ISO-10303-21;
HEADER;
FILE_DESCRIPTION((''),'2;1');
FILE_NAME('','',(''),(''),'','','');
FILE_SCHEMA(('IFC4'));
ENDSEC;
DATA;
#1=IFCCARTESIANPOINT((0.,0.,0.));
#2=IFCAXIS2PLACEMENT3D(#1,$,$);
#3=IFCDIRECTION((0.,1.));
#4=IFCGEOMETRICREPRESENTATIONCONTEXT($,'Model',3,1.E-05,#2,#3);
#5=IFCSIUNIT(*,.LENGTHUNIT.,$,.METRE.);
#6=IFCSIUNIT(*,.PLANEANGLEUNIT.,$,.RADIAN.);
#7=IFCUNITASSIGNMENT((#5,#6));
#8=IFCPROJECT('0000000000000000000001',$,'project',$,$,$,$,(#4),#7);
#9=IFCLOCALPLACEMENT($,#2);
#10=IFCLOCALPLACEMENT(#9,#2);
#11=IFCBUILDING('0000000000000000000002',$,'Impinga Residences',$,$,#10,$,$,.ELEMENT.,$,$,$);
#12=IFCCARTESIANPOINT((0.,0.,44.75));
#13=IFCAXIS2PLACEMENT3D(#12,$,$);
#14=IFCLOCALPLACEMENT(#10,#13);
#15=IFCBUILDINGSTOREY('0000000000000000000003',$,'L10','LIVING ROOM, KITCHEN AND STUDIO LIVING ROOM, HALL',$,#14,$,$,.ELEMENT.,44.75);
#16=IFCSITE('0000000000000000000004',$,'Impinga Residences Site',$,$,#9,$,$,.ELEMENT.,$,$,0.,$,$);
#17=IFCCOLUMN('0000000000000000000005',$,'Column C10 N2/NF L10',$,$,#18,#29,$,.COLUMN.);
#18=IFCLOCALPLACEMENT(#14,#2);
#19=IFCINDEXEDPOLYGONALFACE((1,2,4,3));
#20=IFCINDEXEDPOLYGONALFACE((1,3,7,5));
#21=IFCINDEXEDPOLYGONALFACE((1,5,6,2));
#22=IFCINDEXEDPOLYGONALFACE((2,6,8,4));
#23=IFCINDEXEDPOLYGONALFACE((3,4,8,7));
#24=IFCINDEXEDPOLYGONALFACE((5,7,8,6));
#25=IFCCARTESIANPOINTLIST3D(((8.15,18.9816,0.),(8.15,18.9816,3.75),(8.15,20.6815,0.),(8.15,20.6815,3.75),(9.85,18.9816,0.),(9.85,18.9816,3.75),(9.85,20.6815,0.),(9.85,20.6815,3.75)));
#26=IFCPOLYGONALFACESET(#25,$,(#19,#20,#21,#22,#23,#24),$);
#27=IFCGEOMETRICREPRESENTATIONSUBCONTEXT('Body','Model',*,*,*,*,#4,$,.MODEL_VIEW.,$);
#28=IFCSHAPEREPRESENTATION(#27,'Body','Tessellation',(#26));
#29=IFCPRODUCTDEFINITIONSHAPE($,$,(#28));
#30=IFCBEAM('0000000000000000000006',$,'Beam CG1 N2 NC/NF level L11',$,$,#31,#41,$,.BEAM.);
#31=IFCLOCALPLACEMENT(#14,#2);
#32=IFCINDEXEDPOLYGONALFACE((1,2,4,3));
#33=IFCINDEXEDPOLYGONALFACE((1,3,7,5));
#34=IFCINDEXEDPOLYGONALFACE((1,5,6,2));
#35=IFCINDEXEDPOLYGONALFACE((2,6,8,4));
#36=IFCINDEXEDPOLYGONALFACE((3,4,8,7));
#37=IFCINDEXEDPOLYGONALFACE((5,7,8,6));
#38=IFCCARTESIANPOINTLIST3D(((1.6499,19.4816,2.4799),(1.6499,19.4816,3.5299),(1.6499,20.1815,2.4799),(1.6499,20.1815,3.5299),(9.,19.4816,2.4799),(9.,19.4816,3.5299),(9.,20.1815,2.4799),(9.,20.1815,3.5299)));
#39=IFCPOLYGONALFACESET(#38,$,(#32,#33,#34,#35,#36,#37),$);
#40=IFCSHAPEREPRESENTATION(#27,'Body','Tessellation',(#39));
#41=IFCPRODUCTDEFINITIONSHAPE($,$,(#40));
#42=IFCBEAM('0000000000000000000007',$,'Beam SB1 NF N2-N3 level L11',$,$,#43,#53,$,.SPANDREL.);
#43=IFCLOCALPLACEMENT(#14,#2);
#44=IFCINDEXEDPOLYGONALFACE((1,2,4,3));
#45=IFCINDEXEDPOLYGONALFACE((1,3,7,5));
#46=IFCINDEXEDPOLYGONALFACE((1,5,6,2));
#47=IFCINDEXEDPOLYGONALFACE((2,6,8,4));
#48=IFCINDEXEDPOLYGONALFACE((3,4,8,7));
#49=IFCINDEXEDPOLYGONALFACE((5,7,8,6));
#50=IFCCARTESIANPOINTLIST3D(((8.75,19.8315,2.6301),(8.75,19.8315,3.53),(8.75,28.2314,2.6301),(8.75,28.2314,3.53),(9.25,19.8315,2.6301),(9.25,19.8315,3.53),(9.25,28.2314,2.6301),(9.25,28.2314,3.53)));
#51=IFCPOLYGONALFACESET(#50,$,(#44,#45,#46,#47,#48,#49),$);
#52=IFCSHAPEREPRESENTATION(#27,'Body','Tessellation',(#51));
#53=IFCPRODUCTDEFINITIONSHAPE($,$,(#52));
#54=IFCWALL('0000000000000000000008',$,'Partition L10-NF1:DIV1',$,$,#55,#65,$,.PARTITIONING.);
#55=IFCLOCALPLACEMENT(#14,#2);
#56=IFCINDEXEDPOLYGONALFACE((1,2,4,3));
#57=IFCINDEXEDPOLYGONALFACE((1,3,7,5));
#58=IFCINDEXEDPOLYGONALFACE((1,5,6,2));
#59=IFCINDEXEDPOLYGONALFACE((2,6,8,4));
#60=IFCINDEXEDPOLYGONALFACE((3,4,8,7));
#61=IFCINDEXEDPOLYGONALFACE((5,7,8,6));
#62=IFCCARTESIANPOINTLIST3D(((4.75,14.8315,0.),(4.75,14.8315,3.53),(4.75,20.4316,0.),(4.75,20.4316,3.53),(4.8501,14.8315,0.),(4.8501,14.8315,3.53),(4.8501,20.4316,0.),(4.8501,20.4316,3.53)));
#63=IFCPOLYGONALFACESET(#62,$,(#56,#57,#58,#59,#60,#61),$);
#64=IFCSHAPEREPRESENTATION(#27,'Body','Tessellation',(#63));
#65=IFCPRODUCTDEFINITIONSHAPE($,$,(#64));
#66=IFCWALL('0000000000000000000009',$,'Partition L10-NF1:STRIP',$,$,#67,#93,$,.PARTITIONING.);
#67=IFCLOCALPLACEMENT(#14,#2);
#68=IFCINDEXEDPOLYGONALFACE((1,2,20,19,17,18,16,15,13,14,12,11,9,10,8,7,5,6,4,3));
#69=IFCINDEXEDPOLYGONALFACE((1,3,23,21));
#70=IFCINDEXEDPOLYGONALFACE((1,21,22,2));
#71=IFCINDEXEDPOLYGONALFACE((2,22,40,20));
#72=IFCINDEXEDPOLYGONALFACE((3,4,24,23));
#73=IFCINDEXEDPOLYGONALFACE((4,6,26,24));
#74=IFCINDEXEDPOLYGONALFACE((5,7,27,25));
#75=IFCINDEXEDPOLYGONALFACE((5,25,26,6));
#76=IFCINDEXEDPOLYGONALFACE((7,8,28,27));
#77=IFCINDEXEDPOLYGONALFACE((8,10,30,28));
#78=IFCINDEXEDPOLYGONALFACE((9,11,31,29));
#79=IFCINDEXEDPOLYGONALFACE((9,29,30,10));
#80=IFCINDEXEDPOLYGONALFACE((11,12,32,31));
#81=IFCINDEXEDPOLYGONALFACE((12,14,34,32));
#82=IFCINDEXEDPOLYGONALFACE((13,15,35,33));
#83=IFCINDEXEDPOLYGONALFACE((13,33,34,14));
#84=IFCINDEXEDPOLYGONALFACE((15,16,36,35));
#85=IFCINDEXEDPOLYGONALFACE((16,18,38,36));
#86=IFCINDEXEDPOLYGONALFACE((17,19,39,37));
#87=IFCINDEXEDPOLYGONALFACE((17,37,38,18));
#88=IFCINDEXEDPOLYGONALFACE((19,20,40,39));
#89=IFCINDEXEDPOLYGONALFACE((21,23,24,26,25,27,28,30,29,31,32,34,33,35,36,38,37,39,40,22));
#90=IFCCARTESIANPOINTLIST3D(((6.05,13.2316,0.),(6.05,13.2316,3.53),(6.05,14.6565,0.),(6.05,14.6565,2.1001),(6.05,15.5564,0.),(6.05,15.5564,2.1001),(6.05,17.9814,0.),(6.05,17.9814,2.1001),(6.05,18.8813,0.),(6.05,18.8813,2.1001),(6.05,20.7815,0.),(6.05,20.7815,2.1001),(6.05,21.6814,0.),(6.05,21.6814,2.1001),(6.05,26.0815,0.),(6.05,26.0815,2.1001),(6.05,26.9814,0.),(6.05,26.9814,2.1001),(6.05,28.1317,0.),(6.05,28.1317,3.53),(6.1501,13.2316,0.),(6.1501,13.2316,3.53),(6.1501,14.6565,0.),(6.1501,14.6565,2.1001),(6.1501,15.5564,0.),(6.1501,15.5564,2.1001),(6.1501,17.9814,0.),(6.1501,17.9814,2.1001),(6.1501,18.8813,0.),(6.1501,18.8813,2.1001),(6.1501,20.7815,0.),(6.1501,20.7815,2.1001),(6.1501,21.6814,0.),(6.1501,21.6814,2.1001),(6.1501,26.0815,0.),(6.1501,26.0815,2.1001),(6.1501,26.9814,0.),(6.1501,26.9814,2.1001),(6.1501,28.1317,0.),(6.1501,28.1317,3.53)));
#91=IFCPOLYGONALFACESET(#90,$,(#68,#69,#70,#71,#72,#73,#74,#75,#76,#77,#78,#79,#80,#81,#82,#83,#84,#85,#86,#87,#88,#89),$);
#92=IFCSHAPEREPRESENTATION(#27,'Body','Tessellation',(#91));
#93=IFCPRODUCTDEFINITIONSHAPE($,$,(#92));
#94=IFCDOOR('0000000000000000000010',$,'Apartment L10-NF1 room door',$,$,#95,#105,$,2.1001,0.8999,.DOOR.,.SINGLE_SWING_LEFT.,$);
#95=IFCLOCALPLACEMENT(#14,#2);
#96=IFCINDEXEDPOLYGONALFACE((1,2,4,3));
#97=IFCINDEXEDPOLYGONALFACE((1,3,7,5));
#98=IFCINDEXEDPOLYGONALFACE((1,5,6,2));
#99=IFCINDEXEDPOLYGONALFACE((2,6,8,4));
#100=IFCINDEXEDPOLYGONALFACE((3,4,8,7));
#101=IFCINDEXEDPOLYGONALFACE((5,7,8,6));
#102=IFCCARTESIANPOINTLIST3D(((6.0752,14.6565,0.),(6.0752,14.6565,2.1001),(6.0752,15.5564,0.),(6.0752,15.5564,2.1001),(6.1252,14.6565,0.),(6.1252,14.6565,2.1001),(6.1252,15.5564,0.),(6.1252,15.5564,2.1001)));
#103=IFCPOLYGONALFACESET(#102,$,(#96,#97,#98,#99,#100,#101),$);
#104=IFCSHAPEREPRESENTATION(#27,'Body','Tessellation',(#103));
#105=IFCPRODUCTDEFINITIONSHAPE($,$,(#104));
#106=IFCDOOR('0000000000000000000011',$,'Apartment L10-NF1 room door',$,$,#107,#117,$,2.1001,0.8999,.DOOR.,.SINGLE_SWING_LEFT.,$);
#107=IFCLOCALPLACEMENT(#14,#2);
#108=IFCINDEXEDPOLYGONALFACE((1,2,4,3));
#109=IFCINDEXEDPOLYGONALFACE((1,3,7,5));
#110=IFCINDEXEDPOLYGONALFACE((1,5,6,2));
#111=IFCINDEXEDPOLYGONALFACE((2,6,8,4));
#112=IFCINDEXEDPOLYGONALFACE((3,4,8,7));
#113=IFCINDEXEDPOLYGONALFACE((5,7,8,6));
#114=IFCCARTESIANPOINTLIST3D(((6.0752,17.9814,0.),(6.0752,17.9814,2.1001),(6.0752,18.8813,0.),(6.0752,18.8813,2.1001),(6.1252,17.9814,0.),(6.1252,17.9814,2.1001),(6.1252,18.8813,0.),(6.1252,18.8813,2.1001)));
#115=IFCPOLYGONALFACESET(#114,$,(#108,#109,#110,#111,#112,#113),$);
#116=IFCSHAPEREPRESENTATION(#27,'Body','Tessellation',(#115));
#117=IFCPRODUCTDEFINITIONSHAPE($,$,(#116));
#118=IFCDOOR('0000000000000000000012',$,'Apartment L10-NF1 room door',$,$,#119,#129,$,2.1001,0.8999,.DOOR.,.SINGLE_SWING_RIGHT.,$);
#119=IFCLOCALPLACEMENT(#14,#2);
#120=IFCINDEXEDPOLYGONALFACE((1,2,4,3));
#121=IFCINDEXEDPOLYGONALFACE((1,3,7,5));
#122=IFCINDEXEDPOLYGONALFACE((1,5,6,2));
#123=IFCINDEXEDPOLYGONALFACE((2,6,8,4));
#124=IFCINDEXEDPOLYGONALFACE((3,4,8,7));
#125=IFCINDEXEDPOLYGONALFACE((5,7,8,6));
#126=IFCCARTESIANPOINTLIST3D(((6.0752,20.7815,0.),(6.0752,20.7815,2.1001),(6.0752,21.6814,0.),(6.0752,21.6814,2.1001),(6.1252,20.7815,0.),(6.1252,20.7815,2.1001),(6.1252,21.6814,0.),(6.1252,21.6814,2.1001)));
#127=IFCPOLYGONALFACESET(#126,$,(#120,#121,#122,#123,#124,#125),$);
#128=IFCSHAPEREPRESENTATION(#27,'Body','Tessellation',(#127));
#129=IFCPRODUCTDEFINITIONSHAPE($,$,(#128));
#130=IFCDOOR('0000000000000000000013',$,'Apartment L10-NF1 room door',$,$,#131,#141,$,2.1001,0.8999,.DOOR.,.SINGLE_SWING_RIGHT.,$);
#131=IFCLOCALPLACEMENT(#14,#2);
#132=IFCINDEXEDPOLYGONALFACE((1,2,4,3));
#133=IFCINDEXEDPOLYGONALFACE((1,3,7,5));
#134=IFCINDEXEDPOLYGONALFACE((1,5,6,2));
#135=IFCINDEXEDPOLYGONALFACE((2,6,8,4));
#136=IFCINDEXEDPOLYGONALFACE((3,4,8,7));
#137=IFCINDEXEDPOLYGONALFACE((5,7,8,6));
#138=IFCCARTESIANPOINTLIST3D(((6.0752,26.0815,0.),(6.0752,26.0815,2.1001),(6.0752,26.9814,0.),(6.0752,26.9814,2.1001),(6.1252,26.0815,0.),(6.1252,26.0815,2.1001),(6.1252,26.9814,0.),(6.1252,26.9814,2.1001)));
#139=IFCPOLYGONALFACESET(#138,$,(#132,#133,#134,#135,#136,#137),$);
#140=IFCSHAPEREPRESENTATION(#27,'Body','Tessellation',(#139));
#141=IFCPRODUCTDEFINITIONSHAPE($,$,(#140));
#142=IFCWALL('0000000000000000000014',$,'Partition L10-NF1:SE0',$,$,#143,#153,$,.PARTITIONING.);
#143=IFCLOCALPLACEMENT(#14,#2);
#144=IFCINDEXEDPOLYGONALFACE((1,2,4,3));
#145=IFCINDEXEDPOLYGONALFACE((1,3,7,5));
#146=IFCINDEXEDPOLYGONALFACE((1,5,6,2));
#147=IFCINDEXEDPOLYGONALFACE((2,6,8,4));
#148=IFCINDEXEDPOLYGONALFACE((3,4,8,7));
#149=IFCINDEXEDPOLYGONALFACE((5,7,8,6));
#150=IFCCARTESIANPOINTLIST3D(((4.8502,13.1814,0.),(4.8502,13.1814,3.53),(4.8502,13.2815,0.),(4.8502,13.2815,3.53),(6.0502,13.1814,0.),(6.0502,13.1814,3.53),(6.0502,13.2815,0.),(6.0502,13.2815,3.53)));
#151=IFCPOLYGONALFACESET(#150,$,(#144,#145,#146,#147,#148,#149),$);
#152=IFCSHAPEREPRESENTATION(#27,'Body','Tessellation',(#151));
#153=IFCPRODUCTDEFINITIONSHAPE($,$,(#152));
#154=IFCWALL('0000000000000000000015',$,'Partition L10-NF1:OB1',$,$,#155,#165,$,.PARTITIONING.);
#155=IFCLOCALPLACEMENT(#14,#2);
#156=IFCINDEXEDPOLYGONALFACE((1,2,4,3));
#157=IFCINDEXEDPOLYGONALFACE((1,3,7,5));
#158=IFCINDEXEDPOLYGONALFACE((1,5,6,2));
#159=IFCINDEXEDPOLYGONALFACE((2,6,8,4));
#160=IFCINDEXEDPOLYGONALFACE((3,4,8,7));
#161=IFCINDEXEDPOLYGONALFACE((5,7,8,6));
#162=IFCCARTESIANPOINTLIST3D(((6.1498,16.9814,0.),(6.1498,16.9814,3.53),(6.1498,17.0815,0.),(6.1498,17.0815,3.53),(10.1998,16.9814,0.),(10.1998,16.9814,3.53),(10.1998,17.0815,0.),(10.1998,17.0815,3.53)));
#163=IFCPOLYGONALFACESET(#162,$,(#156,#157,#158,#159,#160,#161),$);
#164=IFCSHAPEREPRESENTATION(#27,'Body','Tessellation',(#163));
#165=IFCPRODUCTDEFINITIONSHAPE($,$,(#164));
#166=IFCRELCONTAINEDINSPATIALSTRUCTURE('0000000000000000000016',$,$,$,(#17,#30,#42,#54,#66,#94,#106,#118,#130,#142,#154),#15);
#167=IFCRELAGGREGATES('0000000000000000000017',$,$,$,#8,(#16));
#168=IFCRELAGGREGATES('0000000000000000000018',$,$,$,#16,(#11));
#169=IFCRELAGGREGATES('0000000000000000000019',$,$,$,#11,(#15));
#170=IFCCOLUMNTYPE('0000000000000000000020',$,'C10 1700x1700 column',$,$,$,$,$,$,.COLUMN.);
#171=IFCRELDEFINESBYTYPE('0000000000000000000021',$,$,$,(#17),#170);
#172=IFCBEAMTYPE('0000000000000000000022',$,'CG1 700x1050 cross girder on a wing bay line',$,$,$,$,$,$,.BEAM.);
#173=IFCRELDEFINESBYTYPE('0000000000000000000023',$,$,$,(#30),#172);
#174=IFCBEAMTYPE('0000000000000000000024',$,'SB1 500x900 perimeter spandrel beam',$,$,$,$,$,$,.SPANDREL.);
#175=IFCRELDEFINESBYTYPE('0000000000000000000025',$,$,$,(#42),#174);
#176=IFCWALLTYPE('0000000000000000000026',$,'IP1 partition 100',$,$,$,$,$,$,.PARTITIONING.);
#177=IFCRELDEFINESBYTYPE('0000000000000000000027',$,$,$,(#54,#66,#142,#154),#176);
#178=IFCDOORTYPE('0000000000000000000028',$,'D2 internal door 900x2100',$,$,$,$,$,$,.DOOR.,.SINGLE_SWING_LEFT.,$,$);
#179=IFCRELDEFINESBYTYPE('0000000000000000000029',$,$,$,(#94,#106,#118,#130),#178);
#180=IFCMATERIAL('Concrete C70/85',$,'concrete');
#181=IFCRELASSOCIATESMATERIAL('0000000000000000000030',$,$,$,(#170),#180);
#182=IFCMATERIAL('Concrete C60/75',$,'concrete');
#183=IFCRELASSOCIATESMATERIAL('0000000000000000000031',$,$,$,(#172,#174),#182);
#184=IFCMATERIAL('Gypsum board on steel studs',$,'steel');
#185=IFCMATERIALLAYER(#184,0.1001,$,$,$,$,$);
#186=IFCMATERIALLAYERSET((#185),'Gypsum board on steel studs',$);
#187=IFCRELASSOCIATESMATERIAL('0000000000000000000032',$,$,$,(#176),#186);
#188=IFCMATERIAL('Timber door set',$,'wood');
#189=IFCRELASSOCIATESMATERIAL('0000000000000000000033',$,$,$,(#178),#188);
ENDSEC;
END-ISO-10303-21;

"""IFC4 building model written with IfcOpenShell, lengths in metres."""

from ifc_helpers import new_model, si_unit, direction, frame, frame_2d, origin, origin_2d, place, context, subcontext, project, spatial, rectangle, extrude, material, layer, layer_set, material_profile, profile_set, type_object, element, fill, save


model = new_model("IFC4")

# Units and contexts
model_context = context("Model", 3, precision=1e-05, world=origin(), true_north=direction((0.0, 1.0)))
body_context = subcontext(model_context, "Body", "Model", "MODEL_VIEW")
ifc_project = project(units=[si_unit("LENGTHUNIT", "METRE"), si_unit("PLANEANGLEUNIT", "RADIAN")], contexts=[model_context])

# Site, building, storey
site_placement = place(None, origin())
site = spatial("IfcSite", under=ifc_project, at=site_placement, Name="Impinga Residences Site", CompositionType="ELEMENT", RefElevation=0.0)
building_placement = place(site_placement, origin())
building = spatial("IfcBuilding", under=site, at=building_placement, Name="Impinga Residences", CompositionType="ELEMENT")
storey_placement = place(building_placement, frame((0.0, 0.0, 44.75)))
storey = spatial("IfcBuildingStorey", under=building, at=storey_placement, Name="L10", Description="LIVING ROOM, KITCHEN AND STUDIO LIVING ROOM, HALL", CompositionType="ELEMENT", Elevation=44.75)

# Column
ifc_material_1 = material(Name="Concrete C70/85", Category="concrete")
ifc_material_profile_1 = material_profile(ifc_material_1, rectangle(XDim=1.7, YDim=1.7, at=origin_2d()), Name="RC 1700x1700")
ifc_profile_set_1 = profile_set([ifc_material_profile_1], Name="Concrete C70/85")
column_type = type_object("IfcColumnType", Name="C10 1700x1700 column", PredefinedType="COLUMN", material=ifc_profile_set_1)
column_placement = place(storey_placement, frame((9.0, 19.8315, 0.0), z_axis=(0.0, 0.0, 1.0), x_axis=(1.0, 0.0, 0.0)))
element("IfcColumn", 1, at=column_placement, inside=storey, type_object=column_type, Name="Column C10 N2/NF L10", PredefinedType="COLUMN", context=body_context, shape_type="SweptSolid", body=[
    extrude(rectangle(XDim=1.7, YDim=1.7, at=origin_2d()), origin(), (0.0, 0.0, 1.0), 3.75),
])

# Beams
ifc_material_2 = material(Name="Concrete C60/75", Category="concrete")
ifc_material_profile_2 = material_profile(ifc_material_2, rectangle(XDim=0.7, YDim=1.05, at=origin_2d()), Name="RC 700x1050")
ifc_profile_set_2 = profile_set([ifc_material_profile_2], Name="Concrete C60/75")
beam_type_1 = type_object("IfcBeamType", Name="CG1 700x1050 cross girder on a wing bay line", PredefinedType="BEAM", material=ifc_profile_set_2)
beam_1_placement = place(storey_placement, frame((1.6499, 19.8315, 3.0049), z_axis=(1.0, 0.0, 0.0), x_axis=(0.0, 1.0, 0.0)))
element("IfcBeam", 2, at=beam_1_placement, inside=storey, type_object=beam_type_1, Name="Beam CG1 N2 NC/NF level L11", PredefinedType="BEAM", context=body_context, shape_type="SweptSolid", body=[
    extrude(rectangle(XDim=0.7, YDim=1.05, at=origin_2d()), origin(), (0.0, 0.0, 1.0), 7.3501),
])
ifc_material_profile_3 = material_profile(ifc_material_2, rectangle(XDim=0.5, YDim=0.8999, at=origin_2d()), Name="RC 500x900")
ifc_profile_set_3 = profile_set([ifc_material_profile_3], Name="Concrete C60/75")
beam_type_2 = type_object("IfcBeamType", Name="SB1 500x900 perimeter spandrel beam", PredefinedType="SPANDREL", material=ifc_profile_set_3)
beam_2_placement = place(storey_placement, frame((9.0, 19.8315, 3.0801), z_axis=(0.0, 1.0, 0.0), x_axis=(-1.0, 0.0, 0.0)))
element("IfcBeam", 3, at=beam_2_placement, inside=storey, type_object=beam_type_2, Name="Beam SB1 NF N2-N3 level L11", PredefinedType="SPANDREL", context=body_context, shape_type="SweptSolid", body=[
    extrude(rectangle(XDim=0.5, YDim=0.8999, at=origin_2d()), origin(), (0.0, 0.0, 1.0), 8.3999),
])

# Wall
ifc_material_3 = material(Name="Gypsum board on steel studs", Category="steel")
ifc_layer_1 = layer(ifc_material_3, 0.1001)
ifc_layer_set_1 = layer_set([ifc_layer_1], Name="Gypsum board on steel studs")
wall_type_1 = type_object("IfcWallType", Name="IP1 partition 100", PredefinedType="PARTITIONING", material=ifc_layer_set_1)
wall_1_placement = place(storey_placement, frame((4.8, 14.8315, 0.0), z_axis=(0.0, 0.0, 1.0), x_axis=(0.0, 1.0, 0.0)))
element("IfcWall", 4, at=wall_1_placement, inside=storey, type_object=wall_type_1, Name="Partition L10-NF1:DIV1", PredefinedType="PARTITIONING", context=body_context, shape_type="SweptSolid", body=[
    extrude(rectangle(XDim=5.6001, YDim=0.1001, at=frame_2d((2.8, 0.0))), origin(), (0.0, 0.0, 1.0), 3.53),
])

# Wall, openings, doors
wall_2_placement = place(storey_placement, frame((6.1001, 13.2314, 0.0), z_axis=(0.0, 0.0, 1.0), x_axis=(0.0, 1.0, 0.0)))
wall_2 = element("IfcWall", 5, at=wall_2_placement, inside=storey, type_object=wall_type_1, Name="Partition L10-NF1:STRIP", PredefinedType="PARTITIONING", context=body_context, shape_type="SweptSolid", body=[
    extrude(rectangle(XDim=14.9001, YDim=0.1001, at=frame_2d((7.4502, 0.0))), origin(), (0.0, 0.0, 1.0), 3.53),
])
opening_1_placement = place(wall_2_placement, frame((1.425, 0.0, 0.0)))
opening_1 = element("IfcOpeningElement", 6, at=opening_1_placement, cuts=wall_2, PredefinedType="OPENING", context=body_context, shape_type="SweptSolid", body=[
    extrude(rectangle(XDim=0.8999, YDim=2.1001, at=frame_2d((0.45, 1.05))), frame((0.0, 0.0601, 0.0), z_axis=(0.0, -1.0, 0.0), x_axis=(1.0, 0.0, 0.0)), (0.0, 0.0, 1.0), 0.1201),
])
opening_2_placement = place(wall_2_placement, frame((4.75, 0.0, 0.0)))
opening_2 = element("IfcOpeningElement", 7, at=opening_2_placement, cuts=wall_2, PredefinedType="OPENING", context=body_context, shape_type="SweptSolid", body=[
    extrude(rectangle(XDim=0.8999, YDim=2.1001, at=frame_2d((0.45, 1.05))), frame((0.0, 0.0601, 0.0), z_axis=(0.0, -1.0, 0.0), x_axis=(1.0, 0.0, 0.0)), (0.0, 0.0, 1.0), 0.1201),
])
opening_3_placement = place(wall_2_placement, frame((7.55, 0.0, 0.0)))
opening_3 = element("IfcOpeningElement", 8, at=opening_3_placement, cuts=wall_2, PredefinedType="OPENING", context=body_context, shape_type="SweptSolid", body=[
    extrude(rectangle(XDim=0.8999, YDim=2.1001, at=frame_2d((0.45, 1.05))), frame((0.0, 0.0601, 0.0), z_axis=(0.0, -1.0, 0.0), x_axis=(1.0, 0.0, 0.0)), (0.0, 0.0, 1.0), 0.1201),
])
opening_4_placement = place(wall_2_placement, frame((12.8501, 0.0, 0.0)))
opening_4 = element("IfcOpeningElement", 9, at=opening_4_placement, cuts=wall_2, PredefinedType="OPENING", context=body_context, shape_type="SweptSolid", body=[
    extrude(rectangle(XDim=0.8999, YDim=2.1001, at=frame_2d((0.45, 1.05))), frame((0.0, 0.0601, 0.0), z_axis=(0.0, -1.0, 0.0), x_axis=(1.0, 0.0, 0.0)), (0.0, 0.0, 1.0), 0.1201),
])
ifc_material_4 = material(Name="Timber door set", Category="wood")
door_type = type_object("IfcDoorType", Name="D2 internal door 900x2100", OperationType="SINGLE_SWING_LEFT", PredefinedType="DOOR", material=ifc_material_4)
door_1_placement = place(opening_1_placement, origin())
door_1 = element("IfcDoor", 10, at=door_1_placement, inside=storey, type_object=door_type, Name="Apartment L10-NF1 room door", OperationType="SINGLE_SWING_LEFT", OverallHeight=2.1001, OverallWidth=0.8999, PredefinedType="DOOR", context=body_context, shape_type="SweptSolid", body=[
    extrude(rectangle(XDim=0.8999, YDim=2.1001, at=frame_2d((0.45, 1.05))), frame((0.0, 0.0249, 0.0), z_axis=(0.0, -1.0, 0.0), x_axis=(1.0, 0.0, 0.0)), (0.0, 0.0, 1.0), 0.05),
])
fill(opening_1, door_1)
door_2_placement = place(opening_2_placement, origin())
door_2 = element("IfcDoor", 11, at=door_2_placement, inside=storey, type_object=door_type, Name="Apartment L10-NF1 room door", OperationType="SINGLE_SWING_LEFT", OverallHeight=2.1001, OverallWidth=0.8999, PredefinedType="DOOR", context=body_context, shape_type="SweptSolid", body=[
    extrude(rectangle(XDim=0.8999, YDim=2.1001, at=frame_2d((0.45, 1.05))), frame((0.0, 0.0249, 0.0), z_axis=(0.0, -1.0, 0.0), x_axis=(1.0, 0.0, 0.0)), (0.0, 0.0, 1.0), 0.05),
])
fill(opening_2, door_2)
door_3_placement = place(opening_3_placement, origin())
door_3 = element("IfcDoor", 12, at=door_3_placement, inside=storey, type_object=door_type, Name="Apartment L10-NF1 room door", OperationType="SINGLE_SWING_RIGHT", OverallHeight=2.1001, OverallWidth=0.8999, PredefinedType="DOOR", context=body_context, shape_type="SweptSolid", body=[
    extrude(rectangle(XDim=0.8999, YDim=2.1001, at=frame_2d((0.45, 1.05))), frame((0.0, 0.0249, 0.0), z_axis=(0.0, -1.0, 0.0), x_axis=(1.0, 0.0, 0.0)), (0.0, 0.0, 1.0), 0.05),
])
fill(opening_3, door_3)
door_4_placement = place(opening_4_placement, origin())
door_4 = element("IfcDoor", 13, at=door_4_placement, inside=storey, type_object=door_type, Name="Apartment L10-NF1 room door", OperationType="SINGLE_SWING_RIGHT", OverallHeight=2.1001, OverallWidth=0.8999, PredefinedType="DOOR", context=body_context, shape_type="SweptSolid", body=[
    extrude(rectangle(XDim=0.8999, YDim=2.1001, at=frame_2d((0.45, 1.05))), frame((0.0, 0.0249, 0.0), z_axis=(0.0, -1.0, 0.0), x_axis=(1.0, 0.0, 0.0)), (0.0, 0.0, 1.0), 0.05),
])
fill(opening_4, door_4)

# Walls
wall_3_placement = place(storey_placement, frame((4.8501, 13.2314, 0.0), z_axis=(0.0, 0.0, 1.0), x_axis=(1.0, 0.0, 0.0)))
element("IfcWall", 14, at=wall_3_placement, inside=storey, type_object=wall_type_1, Name="Partition L10-NF1:SE0", PredefinedType="PARTITIONING", context=body_context, shape_type="SweptSolid", body=[
    extrude(rectangle(XDim=1.2, YDim=0.1001, at=frame_2d((0.6001, 0.0))), origin(), (0.0, 0.0, 1.0), 3.53),
])
wall_4_placement = place(storey_placement, frame((6.1499, 17.0315, 0.0), z_axis=(0.0, 0.0, 1.0), x_axis=(1.0, 0.0, 0.0)))
element("IfcWall", 15, at=wall_4_placement, inside=storey, type_object=wall_type_1, Name="Partition L10-NF1:OB1", PredefinedType="PARTITIONING", context=body_context, shape_type="SweptSolid", body=[
    extrude(rectangle(XDim=4.05, YDim=0.1001, at=frame_2d((2.0249, 0.0))), origin(), (0.0, 0.0, 1.0), 3.53),
])

save(model, "model.ifc")
